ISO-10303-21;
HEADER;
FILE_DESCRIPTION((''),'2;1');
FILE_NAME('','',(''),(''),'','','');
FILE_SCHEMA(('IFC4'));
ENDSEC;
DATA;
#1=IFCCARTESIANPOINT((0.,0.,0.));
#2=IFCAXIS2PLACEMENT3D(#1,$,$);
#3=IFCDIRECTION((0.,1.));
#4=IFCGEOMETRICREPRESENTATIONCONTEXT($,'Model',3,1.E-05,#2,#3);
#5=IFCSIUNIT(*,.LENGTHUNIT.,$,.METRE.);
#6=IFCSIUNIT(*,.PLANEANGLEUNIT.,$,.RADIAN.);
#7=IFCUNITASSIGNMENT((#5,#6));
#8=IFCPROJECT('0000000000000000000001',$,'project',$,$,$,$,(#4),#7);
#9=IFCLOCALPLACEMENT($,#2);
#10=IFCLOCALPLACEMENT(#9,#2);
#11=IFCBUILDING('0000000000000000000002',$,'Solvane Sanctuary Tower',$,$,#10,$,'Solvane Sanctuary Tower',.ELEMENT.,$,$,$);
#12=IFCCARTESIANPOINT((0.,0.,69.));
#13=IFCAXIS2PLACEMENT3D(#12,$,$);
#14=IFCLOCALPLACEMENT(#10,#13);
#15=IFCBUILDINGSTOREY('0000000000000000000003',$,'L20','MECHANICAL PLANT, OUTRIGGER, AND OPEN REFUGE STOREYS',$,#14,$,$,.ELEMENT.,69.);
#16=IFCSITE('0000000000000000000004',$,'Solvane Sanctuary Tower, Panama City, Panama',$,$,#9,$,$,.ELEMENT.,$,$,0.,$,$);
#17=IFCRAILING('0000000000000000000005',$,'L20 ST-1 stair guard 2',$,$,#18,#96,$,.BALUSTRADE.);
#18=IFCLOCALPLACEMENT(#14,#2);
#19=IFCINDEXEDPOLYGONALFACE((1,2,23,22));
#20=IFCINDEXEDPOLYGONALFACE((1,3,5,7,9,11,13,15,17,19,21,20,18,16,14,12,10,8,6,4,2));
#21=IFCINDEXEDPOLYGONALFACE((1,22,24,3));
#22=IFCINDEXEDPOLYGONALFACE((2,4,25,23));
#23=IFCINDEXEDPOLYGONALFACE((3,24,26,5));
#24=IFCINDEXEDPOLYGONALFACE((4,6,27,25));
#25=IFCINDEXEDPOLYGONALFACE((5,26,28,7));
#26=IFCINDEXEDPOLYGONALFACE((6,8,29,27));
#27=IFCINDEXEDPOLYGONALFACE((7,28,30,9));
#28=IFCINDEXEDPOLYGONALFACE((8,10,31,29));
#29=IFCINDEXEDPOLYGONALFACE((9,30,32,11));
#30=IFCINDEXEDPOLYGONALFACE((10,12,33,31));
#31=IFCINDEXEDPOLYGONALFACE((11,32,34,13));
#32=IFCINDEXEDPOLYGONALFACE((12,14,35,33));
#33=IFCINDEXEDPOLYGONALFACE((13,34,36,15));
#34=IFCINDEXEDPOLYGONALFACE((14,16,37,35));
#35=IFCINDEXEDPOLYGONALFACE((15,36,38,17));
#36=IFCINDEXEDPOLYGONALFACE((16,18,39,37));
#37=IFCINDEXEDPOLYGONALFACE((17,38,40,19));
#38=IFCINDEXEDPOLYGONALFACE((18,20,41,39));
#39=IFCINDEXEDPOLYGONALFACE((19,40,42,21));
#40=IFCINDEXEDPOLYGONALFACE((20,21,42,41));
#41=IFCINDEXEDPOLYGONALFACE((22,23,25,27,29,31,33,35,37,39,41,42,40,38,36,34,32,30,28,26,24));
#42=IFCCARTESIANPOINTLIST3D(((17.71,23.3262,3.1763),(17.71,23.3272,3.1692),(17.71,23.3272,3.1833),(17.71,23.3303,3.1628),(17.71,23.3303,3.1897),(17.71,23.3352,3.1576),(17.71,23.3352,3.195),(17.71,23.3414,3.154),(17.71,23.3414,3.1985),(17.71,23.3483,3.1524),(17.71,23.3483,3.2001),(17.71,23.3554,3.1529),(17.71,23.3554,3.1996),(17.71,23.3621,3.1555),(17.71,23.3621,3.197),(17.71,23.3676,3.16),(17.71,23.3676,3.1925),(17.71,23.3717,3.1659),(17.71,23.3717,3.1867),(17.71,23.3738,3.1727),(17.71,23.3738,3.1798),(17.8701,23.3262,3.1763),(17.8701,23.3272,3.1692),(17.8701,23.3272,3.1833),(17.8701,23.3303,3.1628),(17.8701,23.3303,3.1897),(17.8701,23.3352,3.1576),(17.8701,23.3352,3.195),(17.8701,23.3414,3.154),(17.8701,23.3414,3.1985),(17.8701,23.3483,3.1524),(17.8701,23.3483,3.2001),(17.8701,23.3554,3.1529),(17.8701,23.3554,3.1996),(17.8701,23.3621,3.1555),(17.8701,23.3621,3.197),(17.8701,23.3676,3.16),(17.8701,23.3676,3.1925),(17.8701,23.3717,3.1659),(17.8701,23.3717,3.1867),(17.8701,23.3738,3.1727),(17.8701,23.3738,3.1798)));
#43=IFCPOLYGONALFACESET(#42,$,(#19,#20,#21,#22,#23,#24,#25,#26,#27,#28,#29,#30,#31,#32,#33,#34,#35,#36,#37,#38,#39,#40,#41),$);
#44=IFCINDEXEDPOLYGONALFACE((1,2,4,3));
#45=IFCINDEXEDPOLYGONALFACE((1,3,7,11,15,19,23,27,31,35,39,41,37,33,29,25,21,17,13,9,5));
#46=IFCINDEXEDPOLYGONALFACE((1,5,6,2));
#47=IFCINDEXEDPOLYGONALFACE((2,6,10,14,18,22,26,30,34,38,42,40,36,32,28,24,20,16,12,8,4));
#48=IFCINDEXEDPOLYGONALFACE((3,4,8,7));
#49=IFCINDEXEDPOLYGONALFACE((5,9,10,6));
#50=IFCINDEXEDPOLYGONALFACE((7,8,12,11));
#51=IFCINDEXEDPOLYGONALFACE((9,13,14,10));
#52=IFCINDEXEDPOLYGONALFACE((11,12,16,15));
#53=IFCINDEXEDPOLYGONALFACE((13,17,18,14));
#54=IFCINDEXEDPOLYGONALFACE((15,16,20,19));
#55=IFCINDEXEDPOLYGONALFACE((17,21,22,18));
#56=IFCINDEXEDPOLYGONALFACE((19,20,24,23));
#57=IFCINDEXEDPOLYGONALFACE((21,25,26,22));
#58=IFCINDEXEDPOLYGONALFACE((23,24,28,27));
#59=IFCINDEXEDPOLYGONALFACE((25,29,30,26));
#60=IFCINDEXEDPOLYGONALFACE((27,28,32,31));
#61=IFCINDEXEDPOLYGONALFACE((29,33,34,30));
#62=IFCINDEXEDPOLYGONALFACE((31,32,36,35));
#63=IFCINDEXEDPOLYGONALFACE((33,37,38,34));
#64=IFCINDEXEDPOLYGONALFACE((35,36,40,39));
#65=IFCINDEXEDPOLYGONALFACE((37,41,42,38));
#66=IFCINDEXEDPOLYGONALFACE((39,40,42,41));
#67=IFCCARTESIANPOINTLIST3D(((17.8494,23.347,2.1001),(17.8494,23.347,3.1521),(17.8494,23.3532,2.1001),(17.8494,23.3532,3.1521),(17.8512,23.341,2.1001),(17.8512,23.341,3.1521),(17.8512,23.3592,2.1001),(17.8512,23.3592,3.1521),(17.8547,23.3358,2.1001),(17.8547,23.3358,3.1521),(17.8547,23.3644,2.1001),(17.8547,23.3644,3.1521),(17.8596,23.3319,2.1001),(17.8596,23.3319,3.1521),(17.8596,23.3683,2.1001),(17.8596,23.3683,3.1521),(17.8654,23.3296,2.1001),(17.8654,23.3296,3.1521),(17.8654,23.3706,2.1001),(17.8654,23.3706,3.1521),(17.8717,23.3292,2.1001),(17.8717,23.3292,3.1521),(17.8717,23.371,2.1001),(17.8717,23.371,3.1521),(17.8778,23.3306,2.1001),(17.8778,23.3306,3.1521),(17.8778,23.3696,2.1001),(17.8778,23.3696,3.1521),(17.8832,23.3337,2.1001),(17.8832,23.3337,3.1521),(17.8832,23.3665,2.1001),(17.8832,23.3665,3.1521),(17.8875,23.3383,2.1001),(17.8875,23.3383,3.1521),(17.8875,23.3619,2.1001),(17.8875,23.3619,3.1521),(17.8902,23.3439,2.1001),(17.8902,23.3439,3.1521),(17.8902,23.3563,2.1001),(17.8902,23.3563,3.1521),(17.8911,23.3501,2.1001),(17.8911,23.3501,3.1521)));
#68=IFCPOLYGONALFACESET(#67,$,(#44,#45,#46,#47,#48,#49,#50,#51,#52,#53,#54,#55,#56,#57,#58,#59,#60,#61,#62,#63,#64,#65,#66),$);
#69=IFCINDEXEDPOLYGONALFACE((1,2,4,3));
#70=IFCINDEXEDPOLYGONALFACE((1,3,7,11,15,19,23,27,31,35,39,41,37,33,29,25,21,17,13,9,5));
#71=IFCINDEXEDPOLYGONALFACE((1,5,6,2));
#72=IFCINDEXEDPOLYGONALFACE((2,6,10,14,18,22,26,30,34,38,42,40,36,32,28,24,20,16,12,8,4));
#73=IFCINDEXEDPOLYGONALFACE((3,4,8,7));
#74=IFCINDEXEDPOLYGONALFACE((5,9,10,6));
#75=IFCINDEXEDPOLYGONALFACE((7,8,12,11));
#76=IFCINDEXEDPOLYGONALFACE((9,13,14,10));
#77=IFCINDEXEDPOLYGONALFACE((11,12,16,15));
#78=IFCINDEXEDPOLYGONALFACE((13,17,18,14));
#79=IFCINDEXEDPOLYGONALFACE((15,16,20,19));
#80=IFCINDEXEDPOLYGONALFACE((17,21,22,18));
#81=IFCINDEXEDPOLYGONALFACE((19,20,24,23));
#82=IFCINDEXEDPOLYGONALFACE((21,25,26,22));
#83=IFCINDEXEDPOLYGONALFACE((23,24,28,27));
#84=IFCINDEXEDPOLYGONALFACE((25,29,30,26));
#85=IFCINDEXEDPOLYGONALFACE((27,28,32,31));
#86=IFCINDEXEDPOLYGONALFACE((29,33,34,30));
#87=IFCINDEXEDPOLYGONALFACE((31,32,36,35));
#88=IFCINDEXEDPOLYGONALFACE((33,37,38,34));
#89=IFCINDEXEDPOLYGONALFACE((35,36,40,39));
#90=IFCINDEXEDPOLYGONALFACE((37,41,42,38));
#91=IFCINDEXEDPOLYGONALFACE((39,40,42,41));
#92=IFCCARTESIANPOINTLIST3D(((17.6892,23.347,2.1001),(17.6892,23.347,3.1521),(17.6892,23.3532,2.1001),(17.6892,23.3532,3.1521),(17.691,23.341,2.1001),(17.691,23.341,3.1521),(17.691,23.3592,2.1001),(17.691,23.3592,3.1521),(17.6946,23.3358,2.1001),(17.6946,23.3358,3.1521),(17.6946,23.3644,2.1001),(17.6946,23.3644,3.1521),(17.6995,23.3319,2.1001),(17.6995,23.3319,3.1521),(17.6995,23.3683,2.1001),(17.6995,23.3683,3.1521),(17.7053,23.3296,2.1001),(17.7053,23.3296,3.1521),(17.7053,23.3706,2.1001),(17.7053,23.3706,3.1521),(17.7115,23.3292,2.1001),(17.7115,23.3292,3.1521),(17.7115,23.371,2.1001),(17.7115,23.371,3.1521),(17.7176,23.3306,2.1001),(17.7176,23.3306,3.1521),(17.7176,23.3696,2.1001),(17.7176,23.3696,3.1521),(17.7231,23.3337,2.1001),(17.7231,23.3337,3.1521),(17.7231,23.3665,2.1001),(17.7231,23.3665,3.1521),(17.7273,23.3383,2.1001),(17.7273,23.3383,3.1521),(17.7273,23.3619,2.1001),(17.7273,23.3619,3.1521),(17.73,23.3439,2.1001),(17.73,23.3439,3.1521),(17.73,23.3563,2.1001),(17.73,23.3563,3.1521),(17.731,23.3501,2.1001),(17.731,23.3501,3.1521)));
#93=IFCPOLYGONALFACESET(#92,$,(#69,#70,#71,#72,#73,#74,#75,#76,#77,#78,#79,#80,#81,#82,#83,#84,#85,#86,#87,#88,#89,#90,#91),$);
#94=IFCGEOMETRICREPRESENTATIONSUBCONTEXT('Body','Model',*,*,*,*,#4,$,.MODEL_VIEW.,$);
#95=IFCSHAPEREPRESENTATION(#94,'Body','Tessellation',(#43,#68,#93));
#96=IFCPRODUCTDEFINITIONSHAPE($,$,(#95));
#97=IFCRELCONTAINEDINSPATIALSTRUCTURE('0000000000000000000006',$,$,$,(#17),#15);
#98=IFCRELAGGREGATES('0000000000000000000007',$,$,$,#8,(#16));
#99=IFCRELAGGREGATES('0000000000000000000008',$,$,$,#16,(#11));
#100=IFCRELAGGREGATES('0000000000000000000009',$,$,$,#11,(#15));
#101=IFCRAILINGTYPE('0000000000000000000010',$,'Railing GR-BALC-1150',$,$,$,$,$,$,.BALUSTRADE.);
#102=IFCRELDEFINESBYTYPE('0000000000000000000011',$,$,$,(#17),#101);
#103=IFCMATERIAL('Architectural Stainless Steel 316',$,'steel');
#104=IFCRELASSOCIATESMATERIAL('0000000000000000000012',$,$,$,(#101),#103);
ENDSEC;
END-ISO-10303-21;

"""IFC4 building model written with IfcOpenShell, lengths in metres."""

from ifc_helpers import new_model, si_unit, direction, frame, origin, origin_2d, place, context, subcontext, project, spatial, circle, extrude, material, type_object, element, save


model = new_model("IFC4")

# Units and contexts
model_context = context("Model", 3, precision=1e-05, world=origin(), true_north=direction((0.0, 1.0)))
body_context = subcontext(model_context, "Body", "Model", "MODEL_VIEW")
ifc_project = project(units=[si_unit("LENGTHUNIT", "METRE"), si_unit("PLANEANGLEUNIT", "RADIAN")], contexts=[model_context])

# Site, building, storey
site_placement = place(None, origin())
site = spatial("IfcSite", under=ifc_project, at=site_placement, Name="Solvane Sanctuary Tower, Panama City, Panama", CompositionType="ELEMENT", RefElevation=0.0)
building_placement = place(site_placement, origin())
building = spatial("IfcBuilding", under=site, at=building_placement, Name="Solvane Sanctuary Tower", LongName="Solvane Sanctuary Tower", CompositionType="ELEMENT")
storey_placement = place(building_placement, frame((0.0, 0.0, 69.0)))
storey = spatial("IfcBuildingStorey", under=building, at=storey_placement, Name="L20", Description="MECHANICAL PLANT, OUTRIGGER, AND OPEN REFUGE STOREYS", CompositionType="ELEMENT", Elevation=69.0)

# Shared definitions
ifc_material_1 = material(Name="Architectural Stainless Steel 316", Category="steel")

# Railing
railing_type_1 = type_object("IfcRailingType", Name="Railing GR-BALC-1150", PredefinedType="BALUSTRADE", material=ifc_material_1)
railing_1_placement = place(storey_placement, frame((17.8701, 23.3501, 2.1001)))
element("IfcRailing", 1, at=railing_1_placement, inside=storey, type_object=railing_type_1, Name="L20 ST-1 stair guard 2", PredefinedType="BALUSTRADE", context=body_context, shape_type="SweptSolid", body=[
    extrude(circle(Radius=0.0239, at=origin_2d()), frame((0.0, 0.0, 1.0762), z_axis=(-1.0, 0.0, 0.0), x_axis=(0.0, -1.0, 0.0)), (0.0, 0.0, 1.0), 0.1602),
    extrude(circle(Radius=0.021, at=origin_2d()), origin(), (0.0, 0.0, 1.0), 1.052),
    extrude(circle(Radius=0.021, at=origin_2d()), frame((-0.1602, 0.0, 0.0)), (0.0, 0.0, 1.0), 1.052),
])

save(model, "model.ifc")
